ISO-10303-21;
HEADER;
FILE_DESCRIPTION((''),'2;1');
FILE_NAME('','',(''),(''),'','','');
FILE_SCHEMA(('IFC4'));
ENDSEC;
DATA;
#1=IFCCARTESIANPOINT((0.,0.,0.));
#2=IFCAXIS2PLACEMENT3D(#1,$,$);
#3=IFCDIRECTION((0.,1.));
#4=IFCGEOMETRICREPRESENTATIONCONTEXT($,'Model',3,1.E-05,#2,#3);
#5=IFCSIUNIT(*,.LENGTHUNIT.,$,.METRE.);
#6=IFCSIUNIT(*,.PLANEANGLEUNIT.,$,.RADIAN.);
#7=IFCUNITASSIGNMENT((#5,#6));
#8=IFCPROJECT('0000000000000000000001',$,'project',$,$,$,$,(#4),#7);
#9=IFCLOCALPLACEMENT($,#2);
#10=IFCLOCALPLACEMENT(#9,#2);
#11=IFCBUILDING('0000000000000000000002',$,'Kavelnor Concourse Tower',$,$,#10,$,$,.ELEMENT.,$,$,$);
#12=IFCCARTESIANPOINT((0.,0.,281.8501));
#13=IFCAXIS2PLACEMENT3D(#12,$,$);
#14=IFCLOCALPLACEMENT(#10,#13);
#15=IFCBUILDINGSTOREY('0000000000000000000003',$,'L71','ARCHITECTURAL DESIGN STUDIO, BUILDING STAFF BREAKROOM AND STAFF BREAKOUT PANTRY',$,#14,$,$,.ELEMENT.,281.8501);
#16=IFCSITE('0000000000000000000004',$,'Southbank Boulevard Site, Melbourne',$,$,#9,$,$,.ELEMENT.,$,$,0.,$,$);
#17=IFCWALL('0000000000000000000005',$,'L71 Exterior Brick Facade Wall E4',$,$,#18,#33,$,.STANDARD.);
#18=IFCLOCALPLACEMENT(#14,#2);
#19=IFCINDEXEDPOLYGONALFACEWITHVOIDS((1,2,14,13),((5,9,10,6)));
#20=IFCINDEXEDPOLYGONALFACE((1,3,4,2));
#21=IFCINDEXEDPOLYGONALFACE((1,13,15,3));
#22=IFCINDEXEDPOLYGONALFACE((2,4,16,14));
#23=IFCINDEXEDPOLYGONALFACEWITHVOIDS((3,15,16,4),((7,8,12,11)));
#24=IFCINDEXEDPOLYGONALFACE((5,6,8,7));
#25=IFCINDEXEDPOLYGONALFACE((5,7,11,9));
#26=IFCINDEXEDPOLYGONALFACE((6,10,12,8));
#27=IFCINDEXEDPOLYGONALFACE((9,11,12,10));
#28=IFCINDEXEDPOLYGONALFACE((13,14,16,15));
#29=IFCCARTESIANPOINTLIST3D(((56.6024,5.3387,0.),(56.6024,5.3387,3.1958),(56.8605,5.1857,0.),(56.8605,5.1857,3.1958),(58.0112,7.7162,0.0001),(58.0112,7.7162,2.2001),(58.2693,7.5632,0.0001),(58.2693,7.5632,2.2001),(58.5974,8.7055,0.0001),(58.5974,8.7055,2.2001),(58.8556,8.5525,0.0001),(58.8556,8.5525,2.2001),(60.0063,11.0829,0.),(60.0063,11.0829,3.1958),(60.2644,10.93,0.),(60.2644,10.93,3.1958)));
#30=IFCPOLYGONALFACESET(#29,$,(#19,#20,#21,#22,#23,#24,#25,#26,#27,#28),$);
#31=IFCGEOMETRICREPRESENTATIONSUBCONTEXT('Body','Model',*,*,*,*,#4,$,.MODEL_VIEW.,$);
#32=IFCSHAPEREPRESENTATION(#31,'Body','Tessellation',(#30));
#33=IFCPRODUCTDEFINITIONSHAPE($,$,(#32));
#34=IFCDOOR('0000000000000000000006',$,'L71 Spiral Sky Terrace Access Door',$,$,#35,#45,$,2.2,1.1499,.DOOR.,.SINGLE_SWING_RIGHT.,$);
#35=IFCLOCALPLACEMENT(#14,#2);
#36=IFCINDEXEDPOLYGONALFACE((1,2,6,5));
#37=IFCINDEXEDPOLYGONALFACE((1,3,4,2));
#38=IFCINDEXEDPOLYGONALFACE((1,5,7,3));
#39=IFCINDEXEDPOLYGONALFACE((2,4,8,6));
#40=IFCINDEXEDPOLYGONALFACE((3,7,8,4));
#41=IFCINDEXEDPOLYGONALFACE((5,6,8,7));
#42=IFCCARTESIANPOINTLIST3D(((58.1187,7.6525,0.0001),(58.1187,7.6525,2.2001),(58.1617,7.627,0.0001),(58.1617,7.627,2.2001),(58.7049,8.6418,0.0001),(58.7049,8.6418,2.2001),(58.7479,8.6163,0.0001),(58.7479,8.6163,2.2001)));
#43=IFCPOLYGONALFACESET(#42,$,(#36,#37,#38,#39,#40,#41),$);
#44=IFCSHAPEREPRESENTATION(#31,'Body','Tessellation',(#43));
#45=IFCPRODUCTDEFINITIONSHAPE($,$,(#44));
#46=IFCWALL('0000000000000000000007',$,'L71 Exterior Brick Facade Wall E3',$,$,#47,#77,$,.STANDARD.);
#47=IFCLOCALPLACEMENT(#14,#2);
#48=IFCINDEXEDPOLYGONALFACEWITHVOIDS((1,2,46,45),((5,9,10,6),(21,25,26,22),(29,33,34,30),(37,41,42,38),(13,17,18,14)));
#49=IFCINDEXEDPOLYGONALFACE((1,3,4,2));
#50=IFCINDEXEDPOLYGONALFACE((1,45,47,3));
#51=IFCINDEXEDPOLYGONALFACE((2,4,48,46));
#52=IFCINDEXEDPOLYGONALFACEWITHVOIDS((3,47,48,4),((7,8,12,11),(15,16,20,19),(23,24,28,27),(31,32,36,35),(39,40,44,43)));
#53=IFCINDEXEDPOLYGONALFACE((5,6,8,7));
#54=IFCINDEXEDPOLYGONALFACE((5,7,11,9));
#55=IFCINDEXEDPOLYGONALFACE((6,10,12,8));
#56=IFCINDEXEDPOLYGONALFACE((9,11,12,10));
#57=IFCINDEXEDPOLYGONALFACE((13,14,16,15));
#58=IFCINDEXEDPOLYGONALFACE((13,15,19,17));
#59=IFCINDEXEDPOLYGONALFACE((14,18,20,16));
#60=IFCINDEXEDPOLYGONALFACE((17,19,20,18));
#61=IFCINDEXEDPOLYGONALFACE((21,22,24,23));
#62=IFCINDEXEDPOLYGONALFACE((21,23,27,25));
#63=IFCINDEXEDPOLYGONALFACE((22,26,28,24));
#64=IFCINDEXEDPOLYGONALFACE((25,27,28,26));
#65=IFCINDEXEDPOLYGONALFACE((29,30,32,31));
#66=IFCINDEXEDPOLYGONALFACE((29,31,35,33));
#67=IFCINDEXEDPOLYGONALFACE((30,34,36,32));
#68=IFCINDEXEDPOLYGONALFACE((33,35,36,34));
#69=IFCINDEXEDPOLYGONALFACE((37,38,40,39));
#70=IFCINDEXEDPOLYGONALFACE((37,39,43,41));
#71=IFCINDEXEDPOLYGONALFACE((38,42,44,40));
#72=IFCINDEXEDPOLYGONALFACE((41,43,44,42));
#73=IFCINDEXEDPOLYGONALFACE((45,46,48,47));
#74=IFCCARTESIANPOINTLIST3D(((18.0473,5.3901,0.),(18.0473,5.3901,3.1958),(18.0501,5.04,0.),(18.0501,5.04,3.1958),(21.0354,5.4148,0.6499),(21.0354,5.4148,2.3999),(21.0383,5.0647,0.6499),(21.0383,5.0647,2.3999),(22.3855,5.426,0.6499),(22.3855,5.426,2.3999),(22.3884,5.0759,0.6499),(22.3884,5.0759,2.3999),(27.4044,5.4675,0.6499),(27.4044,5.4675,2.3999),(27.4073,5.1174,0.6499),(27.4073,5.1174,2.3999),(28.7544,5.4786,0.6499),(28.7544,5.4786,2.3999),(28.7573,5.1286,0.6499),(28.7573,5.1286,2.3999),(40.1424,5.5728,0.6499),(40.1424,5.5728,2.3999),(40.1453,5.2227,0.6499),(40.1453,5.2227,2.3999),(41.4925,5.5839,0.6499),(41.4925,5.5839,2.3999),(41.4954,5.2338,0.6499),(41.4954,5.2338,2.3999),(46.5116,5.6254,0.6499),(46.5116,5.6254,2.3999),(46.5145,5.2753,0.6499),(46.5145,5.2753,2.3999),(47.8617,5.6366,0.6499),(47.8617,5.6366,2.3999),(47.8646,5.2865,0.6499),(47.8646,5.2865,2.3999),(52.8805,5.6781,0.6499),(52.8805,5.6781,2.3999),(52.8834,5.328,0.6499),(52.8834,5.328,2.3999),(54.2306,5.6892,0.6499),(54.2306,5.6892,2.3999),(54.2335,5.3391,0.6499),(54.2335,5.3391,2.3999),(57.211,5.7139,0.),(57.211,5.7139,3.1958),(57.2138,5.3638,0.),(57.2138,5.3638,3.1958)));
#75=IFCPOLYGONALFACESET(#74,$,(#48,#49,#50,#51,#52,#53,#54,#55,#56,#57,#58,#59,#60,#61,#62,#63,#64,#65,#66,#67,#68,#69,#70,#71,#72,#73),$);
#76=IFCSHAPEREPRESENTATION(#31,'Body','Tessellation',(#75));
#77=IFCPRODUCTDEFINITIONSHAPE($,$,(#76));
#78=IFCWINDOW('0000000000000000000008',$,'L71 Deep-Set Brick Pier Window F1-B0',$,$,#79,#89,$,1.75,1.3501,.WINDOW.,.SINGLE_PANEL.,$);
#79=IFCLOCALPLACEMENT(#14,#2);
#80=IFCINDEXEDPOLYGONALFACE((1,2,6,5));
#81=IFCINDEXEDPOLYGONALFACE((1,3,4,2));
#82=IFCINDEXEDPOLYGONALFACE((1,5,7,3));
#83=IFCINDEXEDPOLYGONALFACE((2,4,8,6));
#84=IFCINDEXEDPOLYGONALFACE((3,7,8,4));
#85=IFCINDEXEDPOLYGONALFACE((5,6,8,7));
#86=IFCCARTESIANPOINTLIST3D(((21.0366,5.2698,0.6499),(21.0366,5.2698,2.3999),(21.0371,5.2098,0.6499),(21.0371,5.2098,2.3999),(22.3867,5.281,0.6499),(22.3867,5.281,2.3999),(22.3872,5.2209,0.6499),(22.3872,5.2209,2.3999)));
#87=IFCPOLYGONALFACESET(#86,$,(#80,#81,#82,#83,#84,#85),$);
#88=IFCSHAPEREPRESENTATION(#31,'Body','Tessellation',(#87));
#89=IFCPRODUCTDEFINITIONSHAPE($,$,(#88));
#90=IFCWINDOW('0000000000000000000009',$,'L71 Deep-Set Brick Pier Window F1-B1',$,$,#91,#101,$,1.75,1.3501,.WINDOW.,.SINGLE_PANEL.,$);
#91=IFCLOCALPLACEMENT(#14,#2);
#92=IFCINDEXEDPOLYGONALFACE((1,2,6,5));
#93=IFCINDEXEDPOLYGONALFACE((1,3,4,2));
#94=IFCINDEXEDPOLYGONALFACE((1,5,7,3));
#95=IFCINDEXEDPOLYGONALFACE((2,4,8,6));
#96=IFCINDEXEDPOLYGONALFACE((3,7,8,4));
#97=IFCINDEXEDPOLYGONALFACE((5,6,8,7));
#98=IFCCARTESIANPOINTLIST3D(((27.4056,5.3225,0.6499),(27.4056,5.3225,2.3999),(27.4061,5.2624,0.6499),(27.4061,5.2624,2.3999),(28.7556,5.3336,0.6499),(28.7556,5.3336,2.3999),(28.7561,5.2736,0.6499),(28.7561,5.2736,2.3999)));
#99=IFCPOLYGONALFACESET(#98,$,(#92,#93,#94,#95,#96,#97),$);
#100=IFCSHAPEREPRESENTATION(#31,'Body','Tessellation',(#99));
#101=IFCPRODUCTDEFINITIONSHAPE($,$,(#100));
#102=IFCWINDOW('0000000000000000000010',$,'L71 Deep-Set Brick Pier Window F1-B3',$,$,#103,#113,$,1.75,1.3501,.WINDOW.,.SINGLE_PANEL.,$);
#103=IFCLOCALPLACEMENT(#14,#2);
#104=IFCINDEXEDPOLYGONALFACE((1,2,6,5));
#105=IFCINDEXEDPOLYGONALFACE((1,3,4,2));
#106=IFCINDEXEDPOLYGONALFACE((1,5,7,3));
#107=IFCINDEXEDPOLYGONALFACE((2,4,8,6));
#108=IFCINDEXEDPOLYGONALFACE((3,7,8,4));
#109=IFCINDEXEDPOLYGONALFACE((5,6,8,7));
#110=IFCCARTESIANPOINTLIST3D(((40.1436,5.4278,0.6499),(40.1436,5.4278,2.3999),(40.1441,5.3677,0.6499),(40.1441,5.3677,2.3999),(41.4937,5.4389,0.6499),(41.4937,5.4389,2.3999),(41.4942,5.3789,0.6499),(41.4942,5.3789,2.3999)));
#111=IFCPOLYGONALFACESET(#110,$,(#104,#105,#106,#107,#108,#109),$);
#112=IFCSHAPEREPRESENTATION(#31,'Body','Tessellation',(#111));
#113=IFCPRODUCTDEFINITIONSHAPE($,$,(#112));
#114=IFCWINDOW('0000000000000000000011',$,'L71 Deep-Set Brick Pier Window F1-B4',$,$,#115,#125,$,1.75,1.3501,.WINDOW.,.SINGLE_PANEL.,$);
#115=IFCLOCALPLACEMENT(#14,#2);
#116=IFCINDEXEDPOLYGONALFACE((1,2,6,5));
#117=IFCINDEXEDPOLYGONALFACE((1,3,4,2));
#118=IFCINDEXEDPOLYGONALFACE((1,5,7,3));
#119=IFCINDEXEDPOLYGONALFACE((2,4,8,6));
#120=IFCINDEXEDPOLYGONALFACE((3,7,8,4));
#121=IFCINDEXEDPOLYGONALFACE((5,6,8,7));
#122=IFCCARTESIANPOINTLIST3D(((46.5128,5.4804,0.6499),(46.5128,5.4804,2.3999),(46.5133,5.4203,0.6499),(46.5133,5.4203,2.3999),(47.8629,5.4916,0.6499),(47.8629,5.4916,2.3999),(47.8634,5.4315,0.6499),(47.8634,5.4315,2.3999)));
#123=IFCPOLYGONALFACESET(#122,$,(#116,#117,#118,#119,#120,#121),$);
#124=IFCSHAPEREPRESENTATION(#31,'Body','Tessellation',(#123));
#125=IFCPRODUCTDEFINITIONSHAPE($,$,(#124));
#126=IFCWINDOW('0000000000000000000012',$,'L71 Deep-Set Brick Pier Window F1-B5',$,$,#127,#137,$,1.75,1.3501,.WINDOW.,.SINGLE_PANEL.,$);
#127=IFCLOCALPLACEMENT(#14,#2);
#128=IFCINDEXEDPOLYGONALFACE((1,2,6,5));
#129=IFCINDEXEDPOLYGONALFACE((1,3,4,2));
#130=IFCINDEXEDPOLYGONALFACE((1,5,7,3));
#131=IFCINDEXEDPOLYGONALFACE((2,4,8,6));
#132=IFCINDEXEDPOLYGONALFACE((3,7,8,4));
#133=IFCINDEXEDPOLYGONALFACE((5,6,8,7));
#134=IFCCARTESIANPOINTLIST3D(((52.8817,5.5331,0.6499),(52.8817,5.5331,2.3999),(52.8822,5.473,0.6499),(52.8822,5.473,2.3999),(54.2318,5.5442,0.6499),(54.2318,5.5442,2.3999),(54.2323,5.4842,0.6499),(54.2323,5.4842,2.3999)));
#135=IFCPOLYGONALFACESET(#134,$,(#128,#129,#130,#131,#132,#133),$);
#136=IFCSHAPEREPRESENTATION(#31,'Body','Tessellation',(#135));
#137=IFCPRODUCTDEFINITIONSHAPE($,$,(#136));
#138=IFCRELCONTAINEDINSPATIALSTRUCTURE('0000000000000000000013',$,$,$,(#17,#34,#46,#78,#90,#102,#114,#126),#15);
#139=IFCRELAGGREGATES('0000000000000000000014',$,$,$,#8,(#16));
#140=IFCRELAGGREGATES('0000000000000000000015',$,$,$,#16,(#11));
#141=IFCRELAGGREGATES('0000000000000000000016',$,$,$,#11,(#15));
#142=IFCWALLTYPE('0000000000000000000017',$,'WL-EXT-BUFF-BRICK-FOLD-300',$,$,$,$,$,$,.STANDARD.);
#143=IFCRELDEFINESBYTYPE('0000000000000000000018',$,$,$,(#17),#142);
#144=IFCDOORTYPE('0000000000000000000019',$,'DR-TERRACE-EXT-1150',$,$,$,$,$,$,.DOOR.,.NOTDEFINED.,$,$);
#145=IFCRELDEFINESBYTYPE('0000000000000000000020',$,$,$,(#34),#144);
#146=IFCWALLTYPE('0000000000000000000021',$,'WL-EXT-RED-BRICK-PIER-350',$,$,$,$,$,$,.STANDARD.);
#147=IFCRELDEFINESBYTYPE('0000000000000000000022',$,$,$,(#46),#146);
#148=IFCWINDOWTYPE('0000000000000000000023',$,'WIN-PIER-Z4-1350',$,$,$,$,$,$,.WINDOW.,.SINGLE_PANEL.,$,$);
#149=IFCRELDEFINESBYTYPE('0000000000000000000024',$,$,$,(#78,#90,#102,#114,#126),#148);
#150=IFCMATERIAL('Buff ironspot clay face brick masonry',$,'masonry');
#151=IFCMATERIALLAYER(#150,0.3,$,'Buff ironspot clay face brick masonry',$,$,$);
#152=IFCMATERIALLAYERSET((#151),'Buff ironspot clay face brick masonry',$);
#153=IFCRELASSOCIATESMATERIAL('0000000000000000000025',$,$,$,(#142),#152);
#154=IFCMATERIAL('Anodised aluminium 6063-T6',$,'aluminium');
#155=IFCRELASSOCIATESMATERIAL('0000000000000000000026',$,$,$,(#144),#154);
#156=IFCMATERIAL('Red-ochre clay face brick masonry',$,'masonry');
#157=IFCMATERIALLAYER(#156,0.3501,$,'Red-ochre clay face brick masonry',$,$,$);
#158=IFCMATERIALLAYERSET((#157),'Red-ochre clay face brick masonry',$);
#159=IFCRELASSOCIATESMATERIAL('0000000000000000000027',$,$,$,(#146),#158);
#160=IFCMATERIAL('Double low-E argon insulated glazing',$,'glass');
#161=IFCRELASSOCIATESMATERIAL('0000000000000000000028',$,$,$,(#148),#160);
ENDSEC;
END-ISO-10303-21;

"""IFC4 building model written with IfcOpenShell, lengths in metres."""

from ifc_helpers import new_model, si_unit, direction, frame, frame_2d, origin, place, context, subcontext, project, spatial, rectangle, extrude, material, layer, layer_set, type_object, element, fill, save


model = new_model("IFC4")

# Units and contexts
model_context = context("Model", 3, precision=1e-05, world=origin(), true_north=direction((0.0, 1.0)))
body_context = subcontext(model_context, "Body", "Model", "MODEL_VIEW")
ifc_project = project(units=[si_unit("LENGTHUNIT", "METRE"), si_unit("PLANEANGLEUNIT", "RADIAN")], contexts=[model_context])

# Site, building, storey
site_placement = place(None, origin())
site = spatial("IfcSite", under=ifc_project, at=site_placement, Name="Southbank Boulevard Site, Melbourne", CompositionType="ELEMENT", RefElevation=0.0)
building_placement = place(site_placement, origin())
building = spatial("IfcBuilding", under=site, at=building_placement, Name="Kavelnor Concourse Tower", CompositionType="ELEMENT")
storey_placement = place(building_placement, frame((0.0, 0.0, 281.8501)))
storey = spatial("IfcBuildingStorey", under=building, at=storey_placement, Name="L71", Description="ARCHITECTURAL DESIGN STUDIO, BUILDING STAFF BREAKROOM AND STAFF BREAKOUT PANTRY", CompositionType="ELEMENT", Elevation=281.8501)

# Wall, opening, door
ifc_material_1 = material(Name="Buff ironspot clay face brick masonry", Category="masonry")
ifc_layer_1 = layer(ifc_material_1, 0.3, Name="Buff ironspot clay face brick masonry")
ifc_layer_set_1 = layer_set([ifc_layer_1], Name="Buff ironspot clay face brick masonry")
wall_type_1 = type_object("IfcWallType", Name="WL-EXT-BUFF-BRICK-FOLD-300", PredefinedType="STANDARD", material=ifc_layer_set_1)
wall_1_placement = place(storey_placement, frame((60.1353, 11.0063, 0.0), z_axis=(0.0, 0.0, 1.0), x_axis=(-0.509788, -0.8603, 0.0)))
wall_1 = element("IfcWall", 1, at=wall_1_placement, inside=storey, type_object=wall_type_1, Name="L71 Exterior Brick Facade Wall E4", PredefinedType="STANDARD", context=body_context, shape_type="SweptSolid", body=[
    extrude(rectangle(XDim=6.677, YDim=0.3, at=frame_2d((3.3384, 0.0))), origin(), (0.0, 0.0, 1.0), 3.1958),
])
opening_1_placement = place(wall_1_placement, frame((2.7634, 0.0, 0.0)))
opening_1 = element("IfcOpeningElement", 2, at=opening_1_placement, cuts=wall_1, PredefinedType="OPENING", context=body_context, shape_type="SweptSolid", body=[
    extrude(rectangle(XDim=1.1499, YDim=2.2, at=frame_2d((0.575, 1.1001))), frame((0.0, 0.1602, 0.0), z_axis=(0.0, -1.0, 0.0), x_axis=(1.0, 0.0, 0.0)), (0.0, 0.0, 1.0), 0.3201),
])
ifc_material_2 = material(Name="Anodised aluminium 6063-T6", Category="aluminium")
door_type_1 = type_object("IfcDoorType", Name="DR-TERRACE-EXT-1150", OperationType="NOTDEFINED", PredefinedType="DOOR", material=ifc_material_2)
door_1_placement = place(opening_1_placement, origin())
door_1 = element("IfcDoor", 3, at=door_1_placement, inside=storey, type_object=door_type_1, Name="L71 Spiral Sky Terrace Access Door", OperationType="SINGLE_SWING_RIGHT", OverallHeight=2.2, OverallWidth=1.1499, PredefinedType="DOOR", context=body_context, shape_type="SweptSolid", body=[
    extrude(rectangle(XDim=1.1499, YDim=2.2, at=frame_2d((0.575, 1.1001))), frame((0.0, 0.0249, 0.0), z_axis=(0.0, -1.0, 0.0), x_axis=(1.0, 0.0, 0.0)), (0.0, 0.0, 1.0), 0.05),
])
fill(opening_1, door_1)

# Wall, openings, windows
ifc_material_3 = material(Name="Red-ochre clay face brick masonry", Category="masonry")
ifc_layer_2 = layer(ifc_material_3, 0.3501, Name="Red-ochre clay face brick masonry")
ifc_layer_set_2 = layer_set([ifc_layer_2], Name="Red-ochre clay face brick masonry")
wall_type_2 = type_object("IfcWallType", Name="WL-EXT-RED-BRICK-PIER-350", PredefinedType="STANDARD", material=ifc_layer_set_2)
wall_2_placement = place(storey_placement, frame((57.2124, 5.5388, 0.0), z_axis=(0.0, 0.0, 1.0), x_axis=(-0.999966, -0.008266, 0.0)))
wall_2 = element("IfcWall", 4, at=wall_2_placement, inside=storey, type_object=wall_type_2, Name="L71 Exterior Brick Facade Wall E3", PredefinedType="STANDARD", context=body_context, shape_type="SweptSolid", body=[
    extrude(rectangle(XDim=39.165, YDim=0.3501, at=frame_2d((19.5825, 0.0))), origin(), (0.0, 0.0, 1.0), 3.1958),
])
opening_2_placement = place(wall_2_placement, frame((34.8267, 0.0, 0.6499)))
opening_2 = element("IfcOpeningElement", 5, at=opening_2_placement, cuts=wall_2, PredefinedType="OPENING", context=body_context, shape_type="SweptSolid", body=[
    extrude(rectangle(XDim=1.3501, YDim=1.75, at=frame_2d((0.675, 0.875))), frame((0.0, 0.1851, 0.0), z_axis=(0.0, -1.0, 0.0), x_axis=(1.0, 0.0, 0.0)), (0.0, 0.0, 1.0), 0.3701),
])
opening_3_placement = place(wall_2_placement, frame((28.4575, 0.0, 0.6499)))
opening_3 = element("IfcOpeningElement", 6, at=opening_3_placement, cuts=wall_2, PredefinedType="OPENING", context=body_context, shape_type="SweptSolid", body=[
    extrude(rectangle(XDim=1.3501, YDim=1.75, at=frame_2d((0.675, 0.875))), frame((0.0, 0.1851, 0.0), z_axis=(0.0, -1.0, 0.0), x_axis=(1.0, 0.0, 0.0)), (0.0, 0.0, 1.0), 0.3701),
])
opening_4_placement = place(wall_2_placement, frame((15.719, 0.0, 0.6499)))
opening_4 = element("IfcOpeningElement", 7, at=opening_4_placement, cuts=wall_2, PredefinedType="OPENING", context=body_context, shape_type="SweptSolid", body=[
    extrude(rectangle(XDim=1.3501, YDim=1.75, at=frame_2d((0.675, 0.875))), frame((0.0, 0.1851, 0.0), z_axis=(0.0, -1.0, 0.0), x_axis=(1.0, 0.0, 0.0)), (0.0, 0.0, 1.0), 0.3701),
])
opening_5_placement = place(wall_2_placement, frame((9.3496, 0.0, 0.6499)))
opening_5 = element("IfcOpeningElement", 8, at=opening_5_placement, cuts=wall_2, PredefinedType="OPENING", context=body_context, shape_type="SweptSolid", body=[
    extrude(rectangle(XDim=1.3501, YDim=1.75, at=frame_2d((0.675, 0.875))), frame((0.0, 0.1851, 0.0), z_axis=(0.0, -1.0, 0.0), x_axis=(1.0, 0.0, 0.0)), (0.0, 0.0, 1.0), 0.3701),
])
opening_6_placement = place(wall_2_placement, frame((2.9805, 0.0, 0.6499)))
opening_6 = element("IfcOpeningElement", 9, at=opening_6_placement, cuts=wall_2, PredefinedType="OPENING", context=body_context, shape_type="SweptSolid", body=[
    extrude(rectangle(XDim=1.3501, YDim=1.75, at=frame_2d((0.675, 0.875))), frame((0.0, 0.1851, 0.0), z_axis=(0.0, -1.0, 0.0), x_axis=(1.0, 0.0, 0.0)), (0.0, 0.0, 1.0), 0.3701),
])
ifc_material_4 = material(Name="Double low-E argon insulated glazing", Category="glass")
window_type = type_object("IfcWindowType", Name="WIN-PIER-Z4-1350", PartitioningType="SINGLE_PANEL", PredefinedType="WINDOW", material=ifc_material_4)
window_1_placement = place(opening_2_placement, origin())
window_1 = element("IfcWindow", 10, at=window_1_placement, inside=storey, type_object=window_type, Name="L71 Deep-Set Brick Pier Window F1-B0", OverallHeight=1.75, OverallWidth=1.3501, PartitioningType="SINGLE_PANEL", PredefinedType="WINDOW", context=body_context, shape_type="SweptSolid", body=[
    extrude(rectangle(XDim=1.3501, YDim=1.75, at=frame_2d((0.675, 0.875))), frame((0.0, 0.03, 0.0), z_axis=(0.0, -1.0, 0.0), x_axis=(1.0, 0.0, 0.0)), (0.0, 0.0, 1.0), 0.0601),
])
fill(opening_2, window_1)
window_2_placement = place(opening_3_placement, origin())
window_2 = element("IfcWindow", 11, at=window_2_placement, inside=storey, type_object=window_type, Name="L71 Deep-Set Brick Pier Window F1-B1", OverallHeight=1.75, OverallWidth=1.3501, PartitioningType="SINGLE_PANEL", PredefinedType="WINDOW", context=body_context, shape_type="SweptSolid", body=[
    extrude(rectangle(XDim=1.3501, YDim=1.75, at=frame_2d((0.675, 0.875))), frame((0.0, 0.03, 0.0), z_axis=(0.0, -1.0, 0.0), x_axis=(1.0, 0.0, 0.0)), (0.0, 0.0, 1.0), 0.0601),
])
fill(opening_3, window_2)
window_3_placement = place(opening_4_placement, origin())
window_3 = element("IfcWindow", 12, at=window_3_placement, inside=storey, type_object=window_type, Name="L71 Deep-Set Brick Pier Window F1-B3", OverallHeight=1.75, OverallWidth=1.3501, PartitioningType="SINGLE_PANEL", PredefinedType="WINDOW", context=body_context, shape_type="SweptSolid", body=[
    extrude(rectangle(XDim=1.3501, YDim=1.75, at=frame_2d((0.675, 0.875))), frame((0.0, 0.03, 0.0), z_axis=(0.0, -1.0, 0.0), x_axis=(1.0, 0.0, 0.0)), (0.0, 0.0, 1.0), 0.0601),
])
fill(opening_4, window_3)
window_4_placement = place(opening_5_placement, origin())
window_4 = element("IfcWindow", 13, at=window_4_placement, inside=storey, type_object=window_type, Name="L71 Deep-Set Brick Pier Window F1-B4", OverallHeight=1.75, OverallWidth=1.3501, PartitioningType="SINGLE_PANEL", PredefinedType="WINDOW", context=body_context, shape_type="SweptSolid", body=[
    extrude(rectangle(XDim=1.3501, YDim=1.75, at=frame_2d((0.675, 0.875))), frame((0.0, 0.03, 0.0), z_axis=(0.0, -1.0, 0.0), x_axis=(1.0, 0.0, 0.0)), (0.0, 0.0, 1.0), 0.0601),
])
fill(opening_5, window_4)
window_5_placement = place(opening_6_placement, origin())
window_5 = element("IfcWindow", 14, at=window_5_placement, inside=storey, type_object=window_type, Name="L71 Deep-Set Brick Pier Window F1-B5", OverallHeight=1.75, OverallWidth=1.3501, PartitioningType="SINGLE_PANEL", PredefinedType="WINDOW", context=body_context, shape_type="SweptSolid", body=[
    extrude(rectangle(XDim=1.3501, YDim=1.75, at=frame_2d((0.675, 0.875))), frame((0.0, 0.03, 0.0), z_axis=(0.0, -1.0, 0.0), x_axis=(1.0, 0.0, 0.0)), (0.0, 0.0, 1.0), 0.0601),
])
fill(opening_6, window_5)

save(model, "model.ifc")
